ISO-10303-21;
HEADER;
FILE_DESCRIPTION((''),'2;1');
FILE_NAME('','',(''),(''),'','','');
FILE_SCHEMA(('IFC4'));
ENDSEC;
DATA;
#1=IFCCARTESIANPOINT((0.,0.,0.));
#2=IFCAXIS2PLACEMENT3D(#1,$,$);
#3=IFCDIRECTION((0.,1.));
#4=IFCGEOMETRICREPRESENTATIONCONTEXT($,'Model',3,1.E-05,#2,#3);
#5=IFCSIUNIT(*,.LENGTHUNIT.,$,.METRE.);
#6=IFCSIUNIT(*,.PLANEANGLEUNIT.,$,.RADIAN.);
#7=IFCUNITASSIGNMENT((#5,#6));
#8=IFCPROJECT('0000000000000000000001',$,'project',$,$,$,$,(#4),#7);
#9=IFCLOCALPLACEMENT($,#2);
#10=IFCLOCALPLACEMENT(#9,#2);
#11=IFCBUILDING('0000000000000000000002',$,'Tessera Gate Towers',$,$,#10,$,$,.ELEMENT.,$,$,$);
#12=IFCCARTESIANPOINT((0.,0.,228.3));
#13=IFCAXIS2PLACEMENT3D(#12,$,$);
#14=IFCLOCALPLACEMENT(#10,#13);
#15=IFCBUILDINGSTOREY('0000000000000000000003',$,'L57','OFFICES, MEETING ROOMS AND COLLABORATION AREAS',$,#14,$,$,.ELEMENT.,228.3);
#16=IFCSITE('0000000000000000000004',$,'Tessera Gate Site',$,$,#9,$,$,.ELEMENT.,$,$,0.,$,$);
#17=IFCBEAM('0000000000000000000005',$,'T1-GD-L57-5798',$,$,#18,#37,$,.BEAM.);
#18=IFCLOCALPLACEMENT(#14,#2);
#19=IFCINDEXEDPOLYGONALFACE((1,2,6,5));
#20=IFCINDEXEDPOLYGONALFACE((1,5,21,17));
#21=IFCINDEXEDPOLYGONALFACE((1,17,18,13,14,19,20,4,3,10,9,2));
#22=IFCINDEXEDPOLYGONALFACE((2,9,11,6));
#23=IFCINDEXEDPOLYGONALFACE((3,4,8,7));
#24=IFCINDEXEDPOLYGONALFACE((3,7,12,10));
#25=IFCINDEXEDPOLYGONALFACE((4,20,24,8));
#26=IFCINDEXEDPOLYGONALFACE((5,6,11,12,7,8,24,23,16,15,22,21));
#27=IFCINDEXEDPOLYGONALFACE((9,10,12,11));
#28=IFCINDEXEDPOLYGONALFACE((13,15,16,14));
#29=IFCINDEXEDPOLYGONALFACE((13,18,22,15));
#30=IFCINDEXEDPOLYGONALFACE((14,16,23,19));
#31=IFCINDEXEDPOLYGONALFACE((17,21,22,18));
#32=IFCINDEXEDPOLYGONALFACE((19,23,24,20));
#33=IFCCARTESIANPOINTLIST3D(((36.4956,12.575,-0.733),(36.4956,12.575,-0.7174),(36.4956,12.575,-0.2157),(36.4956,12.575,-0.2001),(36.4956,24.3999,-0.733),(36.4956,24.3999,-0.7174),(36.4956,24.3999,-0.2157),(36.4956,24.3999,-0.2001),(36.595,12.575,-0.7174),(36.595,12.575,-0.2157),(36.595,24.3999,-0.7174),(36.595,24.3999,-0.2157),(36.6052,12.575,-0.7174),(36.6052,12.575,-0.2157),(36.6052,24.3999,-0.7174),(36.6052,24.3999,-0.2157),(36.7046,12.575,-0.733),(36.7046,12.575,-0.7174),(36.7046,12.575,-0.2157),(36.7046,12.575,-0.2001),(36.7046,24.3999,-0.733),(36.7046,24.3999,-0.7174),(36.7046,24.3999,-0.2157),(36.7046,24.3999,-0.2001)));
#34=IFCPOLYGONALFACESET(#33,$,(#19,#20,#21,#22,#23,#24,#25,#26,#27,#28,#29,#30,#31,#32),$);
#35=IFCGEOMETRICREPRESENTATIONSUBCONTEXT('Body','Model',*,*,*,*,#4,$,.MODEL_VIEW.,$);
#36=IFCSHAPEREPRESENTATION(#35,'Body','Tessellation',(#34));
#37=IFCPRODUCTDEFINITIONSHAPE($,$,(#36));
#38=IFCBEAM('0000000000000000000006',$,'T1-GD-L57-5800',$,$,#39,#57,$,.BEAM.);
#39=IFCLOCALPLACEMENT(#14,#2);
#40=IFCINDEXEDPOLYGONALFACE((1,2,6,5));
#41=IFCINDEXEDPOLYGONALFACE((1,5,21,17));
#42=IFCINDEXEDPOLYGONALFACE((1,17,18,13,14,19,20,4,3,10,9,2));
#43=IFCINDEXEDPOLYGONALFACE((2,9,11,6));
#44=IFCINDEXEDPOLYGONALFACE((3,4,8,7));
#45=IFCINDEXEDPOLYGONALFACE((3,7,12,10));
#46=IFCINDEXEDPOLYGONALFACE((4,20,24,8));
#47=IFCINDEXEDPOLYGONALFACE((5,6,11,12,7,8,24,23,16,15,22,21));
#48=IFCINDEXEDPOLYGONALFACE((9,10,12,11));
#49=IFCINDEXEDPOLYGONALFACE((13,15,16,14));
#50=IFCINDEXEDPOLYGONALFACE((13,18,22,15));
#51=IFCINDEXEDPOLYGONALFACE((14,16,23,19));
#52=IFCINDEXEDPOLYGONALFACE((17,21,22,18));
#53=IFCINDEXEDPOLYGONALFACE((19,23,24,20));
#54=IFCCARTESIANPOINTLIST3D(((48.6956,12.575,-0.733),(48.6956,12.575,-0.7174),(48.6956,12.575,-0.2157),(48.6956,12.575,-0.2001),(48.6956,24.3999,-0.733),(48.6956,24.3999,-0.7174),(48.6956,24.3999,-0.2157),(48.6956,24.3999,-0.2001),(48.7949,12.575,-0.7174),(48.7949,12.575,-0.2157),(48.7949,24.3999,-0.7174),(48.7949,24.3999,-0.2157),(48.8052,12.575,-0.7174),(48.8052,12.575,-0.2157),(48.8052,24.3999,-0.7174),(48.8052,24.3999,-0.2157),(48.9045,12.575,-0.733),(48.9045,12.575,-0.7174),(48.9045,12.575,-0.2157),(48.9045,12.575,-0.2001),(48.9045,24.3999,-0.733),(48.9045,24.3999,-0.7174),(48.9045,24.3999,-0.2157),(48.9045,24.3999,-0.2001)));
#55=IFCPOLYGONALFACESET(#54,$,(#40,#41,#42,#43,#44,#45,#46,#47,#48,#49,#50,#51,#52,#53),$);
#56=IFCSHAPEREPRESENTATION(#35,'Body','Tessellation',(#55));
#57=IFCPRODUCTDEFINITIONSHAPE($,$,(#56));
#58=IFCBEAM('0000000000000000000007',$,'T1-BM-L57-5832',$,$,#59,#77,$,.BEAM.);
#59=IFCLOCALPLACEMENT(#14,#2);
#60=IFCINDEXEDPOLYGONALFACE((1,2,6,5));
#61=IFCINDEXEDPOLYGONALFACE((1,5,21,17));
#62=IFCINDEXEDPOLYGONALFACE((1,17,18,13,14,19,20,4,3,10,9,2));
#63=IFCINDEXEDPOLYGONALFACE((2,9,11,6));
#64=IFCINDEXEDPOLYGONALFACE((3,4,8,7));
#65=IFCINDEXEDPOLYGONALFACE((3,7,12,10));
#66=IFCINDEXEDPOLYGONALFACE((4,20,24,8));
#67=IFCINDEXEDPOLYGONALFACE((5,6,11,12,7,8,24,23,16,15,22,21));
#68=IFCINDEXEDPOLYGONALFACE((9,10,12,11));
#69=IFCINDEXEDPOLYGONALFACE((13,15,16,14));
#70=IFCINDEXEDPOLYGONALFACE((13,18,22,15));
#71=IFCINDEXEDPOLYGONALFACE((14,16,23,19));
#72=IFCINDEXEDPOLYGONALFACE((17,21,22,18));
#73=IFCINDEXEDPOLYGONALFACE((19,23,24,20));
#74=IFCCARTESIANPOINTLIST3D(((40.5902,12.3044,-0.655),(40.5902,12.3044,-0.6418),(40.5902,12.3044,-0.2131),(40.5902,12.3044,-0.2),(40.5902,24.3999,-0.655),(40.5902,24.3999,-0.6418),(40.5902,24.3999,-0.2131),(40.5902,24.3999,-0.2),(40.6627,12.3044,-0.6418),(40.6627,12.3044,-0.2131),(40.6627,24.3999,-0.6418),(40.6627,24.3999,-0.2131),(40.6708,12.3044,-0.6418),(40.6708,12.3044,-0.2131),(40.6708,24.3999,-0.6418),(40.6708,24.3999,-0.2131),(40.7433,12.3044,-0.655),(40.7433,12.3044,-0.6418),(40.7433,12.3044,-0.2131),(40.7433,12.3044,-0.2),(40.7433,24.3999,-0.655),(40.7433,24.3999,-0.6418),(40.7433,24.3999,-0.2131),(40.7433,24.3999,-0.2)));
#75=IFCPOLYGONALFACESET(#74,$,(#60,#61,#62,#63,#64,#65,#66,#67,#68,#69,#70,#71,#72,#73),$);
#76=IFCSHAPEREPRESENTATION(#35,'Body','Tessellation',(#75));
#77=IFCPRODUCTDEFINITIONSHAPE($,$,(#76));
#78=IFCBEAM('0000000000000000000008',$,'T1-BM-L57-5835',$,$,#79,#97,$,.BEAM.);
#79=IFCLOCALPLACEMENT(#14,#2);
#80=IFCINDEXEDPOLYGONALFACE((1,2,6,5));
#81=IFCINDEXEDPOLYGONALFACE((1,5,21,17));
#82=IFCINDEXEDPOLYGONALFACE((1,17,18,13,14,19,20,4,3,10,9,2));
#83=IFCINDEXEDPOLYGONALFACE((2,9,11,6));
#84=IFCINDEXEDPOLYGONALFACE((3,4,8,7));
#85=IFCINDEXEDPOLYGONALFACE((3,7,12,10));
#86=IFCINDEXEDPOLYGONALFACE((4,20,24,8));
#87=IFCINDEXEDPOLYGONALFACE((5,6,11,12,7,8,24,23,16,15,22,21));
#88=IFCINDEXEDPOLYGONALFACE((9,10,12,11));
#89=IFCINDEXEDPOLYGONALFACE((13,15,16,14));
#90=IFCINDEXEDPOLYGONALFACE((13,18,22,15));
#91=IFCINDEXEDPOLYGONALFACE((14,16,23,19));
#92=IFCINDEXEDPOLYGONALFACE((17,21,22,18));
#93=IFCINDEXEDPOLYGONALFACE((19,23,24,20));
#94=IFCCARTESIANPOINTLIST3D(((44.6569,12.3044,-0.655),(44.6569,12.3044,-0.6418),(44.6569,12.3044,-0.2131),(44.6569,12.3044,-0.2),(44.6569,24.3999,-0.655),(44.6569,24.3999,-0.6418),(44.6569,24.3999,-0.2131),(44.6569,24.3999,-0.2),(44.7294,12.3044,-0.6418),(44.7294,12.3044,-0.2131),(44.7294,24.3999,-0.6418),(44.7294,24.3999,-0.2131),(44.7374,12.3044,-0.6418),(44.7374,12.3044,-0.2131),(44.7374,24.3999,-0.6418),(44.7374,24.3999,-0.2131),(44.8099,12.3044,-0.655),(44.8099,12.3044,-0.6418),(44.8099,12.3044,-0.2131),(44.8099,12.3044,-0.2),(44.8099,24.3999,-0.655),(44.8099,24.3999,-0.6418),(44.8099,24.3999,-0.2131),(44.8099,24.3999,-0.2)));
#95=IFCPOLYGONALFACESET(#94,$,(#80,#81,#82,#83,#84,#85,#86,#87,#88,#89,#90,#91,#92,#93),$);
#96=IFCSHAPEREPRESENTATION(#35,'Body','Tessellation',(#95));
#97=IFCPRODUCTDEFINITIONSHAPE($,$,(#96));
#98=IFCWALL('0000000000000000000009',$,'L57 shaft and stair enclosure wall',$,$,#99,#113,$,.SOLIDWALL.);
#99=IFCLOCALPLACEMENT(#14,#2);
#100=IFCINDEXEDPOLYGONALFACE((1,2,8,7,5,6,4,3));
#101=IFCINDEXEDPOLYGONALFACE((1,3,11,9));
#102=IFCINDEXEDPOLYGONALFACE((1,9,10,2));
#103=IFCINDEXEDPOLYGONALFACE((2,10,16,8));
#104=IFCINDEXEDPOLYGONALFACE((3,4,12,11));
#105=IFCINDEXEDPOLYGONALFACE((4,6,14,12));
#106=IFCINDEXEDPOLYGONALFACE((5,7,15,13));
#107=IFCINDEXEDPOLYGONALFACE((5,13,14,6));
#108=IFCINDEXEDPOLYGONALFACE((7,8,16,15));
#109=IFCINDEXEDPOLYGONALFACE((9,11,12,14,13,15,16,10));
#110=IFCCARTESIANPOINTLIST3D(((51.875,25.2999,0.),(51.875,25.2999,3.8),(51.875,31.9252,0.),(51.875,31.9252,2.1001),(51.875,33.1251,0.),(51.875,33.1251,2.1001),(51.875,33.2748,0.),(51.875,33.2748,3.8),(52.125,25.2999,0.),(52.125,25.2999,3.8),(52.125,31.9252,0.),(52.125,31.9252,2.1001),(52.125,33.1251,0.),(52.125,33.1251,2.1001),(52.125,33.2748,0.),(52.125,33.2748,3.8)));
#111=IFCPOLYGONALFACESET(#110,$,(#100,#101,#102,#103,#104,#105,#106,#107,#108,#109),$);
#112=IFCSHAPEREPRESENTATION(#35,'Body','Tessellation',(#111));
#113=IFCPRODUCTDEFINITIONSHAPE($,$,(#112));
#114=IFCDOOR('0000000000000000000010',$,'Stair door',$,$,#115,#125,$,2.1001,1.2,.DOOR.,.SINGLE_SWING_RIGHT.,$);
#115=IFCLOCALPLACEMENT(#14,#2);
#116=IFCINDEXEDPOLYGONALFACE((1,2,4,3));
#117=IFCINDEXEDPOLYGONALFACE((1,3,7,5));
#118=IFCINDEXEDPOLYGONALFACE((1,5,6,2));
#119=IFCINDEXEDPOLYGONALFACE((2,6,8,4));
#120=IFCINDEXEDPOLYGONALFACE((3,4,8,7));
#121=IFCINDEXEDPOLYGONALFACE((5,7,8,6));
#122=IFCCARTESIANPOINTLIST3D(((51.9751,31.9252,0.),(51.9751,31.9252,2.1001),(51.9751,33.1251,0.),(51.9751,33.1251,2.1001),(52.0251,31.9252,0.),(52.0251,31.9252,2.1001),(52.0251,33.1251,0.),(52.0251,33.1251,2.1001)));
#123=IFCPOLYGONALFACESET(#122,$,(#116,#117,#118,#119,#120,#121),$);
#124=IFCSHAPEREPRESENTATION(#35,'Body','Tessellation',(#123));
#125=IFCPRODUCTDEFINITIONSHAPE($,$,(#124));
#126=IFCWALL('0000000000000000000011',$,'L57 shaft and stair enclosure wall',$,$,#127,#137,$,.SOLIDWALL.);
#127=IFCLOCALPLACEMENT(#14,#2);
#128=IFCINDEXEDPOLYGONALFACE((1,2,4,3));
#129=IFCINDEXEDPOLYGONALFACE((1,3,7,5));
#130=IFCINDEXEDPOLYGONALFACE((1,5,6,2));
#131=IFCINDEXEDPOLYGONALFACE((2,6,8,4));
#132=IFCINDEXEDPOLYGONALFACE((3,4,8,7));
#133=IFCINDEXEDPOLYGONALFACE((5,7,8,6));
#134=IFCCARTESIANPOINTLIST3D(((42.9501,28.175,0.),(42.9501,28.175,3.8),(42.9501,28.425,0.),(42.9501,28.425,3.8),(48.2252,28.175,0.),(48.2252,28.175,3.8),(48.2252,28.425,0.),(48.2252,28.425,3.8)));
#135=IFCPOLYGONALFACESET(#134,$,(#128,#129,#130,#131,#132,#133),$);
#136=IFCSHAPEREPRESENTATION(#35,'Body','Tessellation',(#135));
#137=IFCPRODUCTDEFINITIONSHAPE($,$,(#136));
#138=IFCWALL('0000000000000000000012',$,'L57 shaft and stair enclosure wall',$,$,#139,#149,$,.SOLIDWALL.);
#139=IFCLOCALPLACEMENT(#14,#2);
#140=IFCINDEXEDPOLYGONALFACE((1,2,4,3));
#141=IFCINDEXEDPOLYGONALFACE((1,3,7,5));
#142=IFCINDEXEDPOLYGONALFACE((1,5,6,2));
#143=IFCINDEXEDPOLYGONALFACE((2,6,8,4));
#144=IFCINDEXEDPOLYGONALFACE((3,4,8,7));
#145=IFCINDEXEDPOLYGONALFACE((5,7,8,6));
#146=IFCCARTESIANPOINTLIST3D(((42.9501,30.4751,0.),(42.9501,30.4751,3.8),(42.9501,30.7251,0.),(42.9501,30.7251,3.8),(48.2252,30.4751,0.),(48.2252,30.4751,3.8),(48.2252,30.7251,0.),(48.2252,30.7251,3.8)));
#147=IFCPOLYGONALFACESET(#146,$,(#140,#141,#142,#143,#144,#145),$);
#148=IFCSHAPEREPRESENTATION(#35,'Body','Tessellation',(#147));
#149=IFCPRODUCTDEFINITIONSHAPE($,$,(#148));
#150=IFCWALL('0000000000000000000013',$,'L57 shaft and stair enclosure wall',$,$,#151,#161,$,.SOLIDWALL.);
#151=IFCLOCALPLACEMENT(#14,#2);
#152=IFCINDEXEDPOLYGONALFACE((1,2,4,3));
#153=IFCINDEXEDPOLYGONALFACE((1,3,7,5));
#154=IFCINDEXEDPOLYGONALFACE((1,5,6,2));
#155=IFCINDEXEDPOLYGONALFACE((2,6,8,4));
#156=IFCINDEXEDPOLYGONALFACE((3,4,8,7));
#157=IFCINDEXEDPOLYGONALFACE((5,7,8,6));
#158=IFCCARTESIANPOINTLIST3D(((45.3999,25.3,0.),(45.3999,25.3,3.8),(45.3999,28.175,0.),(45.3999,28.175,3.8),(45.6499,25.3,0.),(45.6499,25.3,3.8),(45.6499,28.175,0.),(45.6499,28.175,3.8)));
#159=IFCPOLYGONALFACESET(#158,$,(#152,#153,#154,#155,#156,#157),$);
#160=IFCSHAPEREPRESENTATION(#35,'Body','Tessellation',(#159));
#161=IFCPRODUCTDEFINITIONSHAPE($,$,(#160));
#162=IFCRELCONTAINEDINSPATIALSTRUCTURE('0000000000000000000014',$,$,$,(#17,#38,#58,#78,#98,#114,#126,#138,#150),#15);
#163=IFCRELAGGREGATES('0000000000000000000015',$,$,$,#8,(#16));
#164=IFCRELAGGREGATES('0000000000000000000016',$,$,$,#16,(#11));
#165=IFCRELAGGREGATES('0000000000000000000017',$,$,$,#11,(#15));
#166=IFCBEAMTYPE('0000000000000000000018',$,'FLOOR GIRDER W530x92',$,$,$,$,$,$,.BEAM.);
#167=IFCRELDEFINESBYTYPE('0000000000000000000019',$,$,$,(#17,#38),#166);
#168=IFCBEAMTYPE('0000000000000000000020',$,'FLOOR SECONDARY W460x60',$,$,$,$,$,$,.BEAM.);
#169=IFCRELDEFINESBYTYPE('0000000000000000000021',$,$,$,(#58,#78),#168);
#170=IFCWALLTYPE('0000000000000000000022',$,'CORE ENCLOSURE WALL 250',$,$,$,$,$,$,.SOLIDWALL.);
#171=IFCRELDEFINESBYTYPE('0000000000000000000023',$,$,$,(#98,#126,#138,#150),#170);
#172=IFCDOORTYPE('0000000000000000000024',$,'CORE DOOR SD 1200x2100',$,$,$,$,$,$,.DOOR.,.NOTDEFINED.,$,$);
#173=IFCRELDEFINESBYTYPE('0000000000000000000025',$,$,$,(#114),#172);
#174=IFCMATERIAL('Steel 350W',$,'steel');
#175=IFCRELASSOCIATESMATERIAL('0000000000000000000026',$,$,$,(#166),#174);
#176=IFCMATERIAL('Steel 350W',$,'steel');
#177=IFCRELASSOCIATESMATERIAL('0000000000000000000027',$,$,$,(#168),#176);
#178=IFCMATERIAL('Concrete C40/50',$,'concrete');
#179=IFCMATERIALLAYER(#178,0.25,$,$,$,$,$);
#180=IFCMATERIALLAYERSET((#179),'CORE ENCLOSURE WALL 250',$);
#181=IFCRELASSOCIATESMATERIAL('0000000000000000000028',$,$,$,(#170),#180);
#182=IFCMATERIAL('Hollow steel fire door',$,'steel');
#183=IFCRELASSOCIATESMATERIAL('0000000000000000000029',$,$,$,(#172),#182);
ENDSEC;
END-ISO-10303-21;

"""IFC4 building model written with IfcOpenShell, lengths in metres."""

from ifc_helpers import new_model, si_unit, direction, frame, frame_2d, origin, origin_2d, place, context, subcontext, project, spatial, rectangle, i_section, extrude, source, transform, mapped, material, layer, layer_set, material_profile, profile_set, type_object, element, fill, save


model = new_model("IFC4")

# Units and contexts
model_context = context("Model", 3, precision=1e-05, world=origin(), true_north=direction((0.0, 1.0)))
body_context = subcontext(model_context, "Body", "Model", "MODEL_VIEW")
ifc_project = project(units=[si_unit("LENGTHUNIT", "METRE"), si_unit("PLANEANGLEUNIT", "RADIAN")], contexts=[model_context])

# Site, building, storey
site_placement = place(None, origin())
site = spatial("IfcSite", under=ifc_project, at=site_placement, Name="Tessera Gate Site", CompositionType="ELEMENT", RefElevation=0.0)
building_placement = place(site_placement, origin())
building = spatial("IfcBuilding", under=site, at=building_placement, Name="Tessera Gate Towers", CompositionType="ELEMENT")
storey_placement = place(building_placement, frame((0.0, 0.0, 228.3)))
storey = spatial("IfcBuildingStorey", under=building, at=storey_placement, Name="L57", Description="OFFICES, MEETING ROOMS AND COLLABORATION AREAS", CompositionType="ELEMENT", Elevation=228.3)

# Beams
ifc_material_1 = material(Name="Steel 350W", Category="steel")
ifc_material_profile_1 = material_profile(ifc_material_1, i_section(OverallWidth=0.209, OverallDepth=0.533, WebThickness=0.0103, FlangeThickness=0.0156, at=origin_2d()), Name="W530x92")
ifc_profile_set_1 = profile_set([ifc_material_profile_1], Name="Steel 350W")
beam_type_1 = type_object("IfcBeamType", Name="FLOOR GIRDER W530x92", PredefinedType="BEAM", material=ifc_profile_set_1)
for number, where, z_axis, x_axis, name in (
    (1, (36.6001, 12.575, -0.4666), (0.0, 1.0, 0.0), (-1.0, 0.0, 0.0), "T1-GD-L57-5798"),
    (2, (48.8, 12.575, -0.4666), (0.0, 1.0, 0.0), (-1.0, 0.0, 0.0), "T1-GD-L57-5800"),
):
    element("IfcBeam", number, at=place(storey_placement, frame(where, z_axis=z_axis, x_axis=x_axis)), inside=storey, type_object=beam_type_1, Name=name, PredefinedType="BEAM", context=body_context, shape_type="SweptSolid", body=[
        extrude(i_section(OverallWidth=0.209, OverallDepth=0.533, WebThickness=0.0103, FlangeThickness=0.0156, at=origin_2d()), origin(), (0.0, 0.0, 1.0), 11.825),
    ])
ifc_material_2 = material(Name="Steel 350W", Category="steel")
ifc_material_profile_2 = material_profile(ifc_material_2, i_section(OverallWidth=0.1531, OverallDepth=0.4551, WebThickness=0.0081, FlangeThickness=0.0132, at=origin_2d()), Name="W460x60")
ifc_profile_set_2 = profile_set([ifc_material_profile_2], Name="Steel 350W")
beam_type_2 = type_object("IfcBeamType", Name="FLOOR SECONDARY W460x60", PredefinedType="BEAM", material=ifc_profile_set_2)
for number, where, z_axis, x_axis, name in (
    (3, (40.6667, 12.3044, -0.4275), (0.0, 1.0, 0.0), (-1.0, 0.0, 0.0), "T1-BM-L57-5832"),
    (4, (44.7334, 12.3044, -0.4275), (0.0, 1.0, 0.0), (-1.0, 0.0, 0.0), "T1-BM-L57-5835"),
):
    element("IfcBeam", number, at=place(storey_placement, frame(where, z_axis=z_axis, x_axis=x_axis)), inside=storey, type_object=beam_type_2, Name=name, PredefinedType="BEAM", context=body_context, shape_type="SweptSolid", body=[
        extrude(i_section(OverallWidth=0.1531, OverallDepth=0.4551, WebThickness=0.0081, FlangeThickness=0.0132, at=origin_2d()), origin(), (0.0, 0.0, 1.0), 12.0955),
    ])

# Wall, opening, door
ifc_material_3 = material(Name="Concrete C40/50", Category="concrete")
ifc_layer_1 = layer(ifc_material_3, 0.25)
ifc_layer_set_1 = layer_set([ifc_layer_1], Name="CORE ENCLOSURE WALL 250")
wall_type_1 = type_object("IfcWallType", Name="CORE ENCLOSURE WALL 250", PredefinedType="SOLIDWALL", material=ifc_layer_set_1)
wall_1_placement = place(storey_placement, frame((52.0, 25.3, 0.0), z_axis=(0.0, 0.0, 1.0), x_axis=(0.0, 1.0, 0.0)))
wall_1 = element("IfcWall", 5, at=wall_1_placement, inside=storey, type_object=wall_type_1, Name="L57 shaft and stair enclosure wall", PredefinedType="SOLIDWALL", context=body_context, shape_type="SweptSolid", body=[
    extrude(rectangle(XDim=7.9749, YDim=0.25, at=frame_2d((3.9873, 0.0))), origin(), (0.0, 0.0, 1.0), 3.8),
])
shared_shape_1 = source(origin(), body_context, "Body", "SweptSolid", [
    extrude(rectangle(XDim=1.2, YDim=2.1001, at=frame_2d((0.6001, 1.05))), frame((0.0, 0.135, 0.0), z_axis=(0.0, -1.0, 0.0), x_axis=(1.0, 0.0, 0.0)), (0.0, 0.0, 1.0), 0.27),
])
opening_1_placement = place(wall_1_placement, frame((6.625, 0.0, 0.0)))
opening_1 = element("IfcOpeningElement", 6, at=opening_1_placement, cuts=wall_1, PredefinedType="OPENING", context=body_context, shape_type="MappedRepresentation", body=[
    mapped(shared_shape_1, transform((0.0, 0.0, 0.0), scale=1.0)),
])
ifc_material_4 = material(Name="Hollow steel fire door", Category="steel")
door_type_1 = type_object("IfcDoorType", Name="CORE DOOR SD 1200x2100", OperationType="NOTDEFINED", PredefinedType="DOOR", material=ifc_material_4)
shared_shape_2 = source(origin(), body_context, "Body", "SweptSolid", [
    extrude(rectangle(XDim=1.2, YDim=2.1001, at=frame_2d((0.6001, 1.05))), frame((0.0, 0.0249, 0.0), z_axis=(0.0, -1.0, 0.0), x_axis=(1.0, 0.0, 0.0)), (0.0, 0.0, 1.0), 0.05),
])
door_1_placement = place(opening_1_placement, origin())
door_1 = element("IfcDoor", 7, at=door_1_placement, inside=storey, type_object=door_type_1, Name="Stair door", OperationType="SINGLE_SWING_RIGHT", OverallHeight=2.1001, OverallWidth=1.2, PredefinedType="DOOR", context=body_context, shape_type="MappedRepresentation", body=[
    mapped(shared_shape_2, transform((0.0, 0.0, 0.0), scale=1.0)),
])
fill(opening_1, door_1)

# Walls
for number, where, z_axis, x_axis, name in (
    (8, (42.95, 28.3, 0.0), (0.0, 0.0, 1.0), (1.0, 0.0, 0.0), "L57 shaft and stair enclosure wall"),
    (9, (42.95, 30.6001, 0.0), (0.0, 0.0, 1.0), (1.0, 0.0, 0.0), "L57 shaft and stair enclosure wall"),
):
    element("IfcWall", number, at=place(storey_placement, frame(where, z_axis=z_axis, x_axis=x_axis)), inside=storey, type_object=wall_type_1, Name=name, PredefinedType="SOLIDWALL", context=body_context, shape_type="SweptSolid", body=[
        extrude(rectangle(XDim=5.2751, YDim=0.25, at=frame_2d((2.6377, 0.0))), origin(), (0.0, 0.0, 1.0), 3.8),
    ])
wall_2_placement = place(storey_placement, frame((45.5249, 25.3, 0.0), z_axis=(0.0, 0.0, 1.0), x_axis=(0.0, 1.0, 0.0)))
element("IfcWall", 10, at=wall_2_placement, inside=storey, type_object=wall_type_1, Name="L57 shaft and stair enclosure wall", PredefinedType="SOLIDWALL", context=body_context, shape_type="SweptSolid", body=[
    extrude(rectangle(XDim=2.875, YDim=0.25, at=frame_2d((1.4375, 0.0))), origin(), (0.0, 0.0, 1.0), 3.8),
])

save(model, "model.ifc")
